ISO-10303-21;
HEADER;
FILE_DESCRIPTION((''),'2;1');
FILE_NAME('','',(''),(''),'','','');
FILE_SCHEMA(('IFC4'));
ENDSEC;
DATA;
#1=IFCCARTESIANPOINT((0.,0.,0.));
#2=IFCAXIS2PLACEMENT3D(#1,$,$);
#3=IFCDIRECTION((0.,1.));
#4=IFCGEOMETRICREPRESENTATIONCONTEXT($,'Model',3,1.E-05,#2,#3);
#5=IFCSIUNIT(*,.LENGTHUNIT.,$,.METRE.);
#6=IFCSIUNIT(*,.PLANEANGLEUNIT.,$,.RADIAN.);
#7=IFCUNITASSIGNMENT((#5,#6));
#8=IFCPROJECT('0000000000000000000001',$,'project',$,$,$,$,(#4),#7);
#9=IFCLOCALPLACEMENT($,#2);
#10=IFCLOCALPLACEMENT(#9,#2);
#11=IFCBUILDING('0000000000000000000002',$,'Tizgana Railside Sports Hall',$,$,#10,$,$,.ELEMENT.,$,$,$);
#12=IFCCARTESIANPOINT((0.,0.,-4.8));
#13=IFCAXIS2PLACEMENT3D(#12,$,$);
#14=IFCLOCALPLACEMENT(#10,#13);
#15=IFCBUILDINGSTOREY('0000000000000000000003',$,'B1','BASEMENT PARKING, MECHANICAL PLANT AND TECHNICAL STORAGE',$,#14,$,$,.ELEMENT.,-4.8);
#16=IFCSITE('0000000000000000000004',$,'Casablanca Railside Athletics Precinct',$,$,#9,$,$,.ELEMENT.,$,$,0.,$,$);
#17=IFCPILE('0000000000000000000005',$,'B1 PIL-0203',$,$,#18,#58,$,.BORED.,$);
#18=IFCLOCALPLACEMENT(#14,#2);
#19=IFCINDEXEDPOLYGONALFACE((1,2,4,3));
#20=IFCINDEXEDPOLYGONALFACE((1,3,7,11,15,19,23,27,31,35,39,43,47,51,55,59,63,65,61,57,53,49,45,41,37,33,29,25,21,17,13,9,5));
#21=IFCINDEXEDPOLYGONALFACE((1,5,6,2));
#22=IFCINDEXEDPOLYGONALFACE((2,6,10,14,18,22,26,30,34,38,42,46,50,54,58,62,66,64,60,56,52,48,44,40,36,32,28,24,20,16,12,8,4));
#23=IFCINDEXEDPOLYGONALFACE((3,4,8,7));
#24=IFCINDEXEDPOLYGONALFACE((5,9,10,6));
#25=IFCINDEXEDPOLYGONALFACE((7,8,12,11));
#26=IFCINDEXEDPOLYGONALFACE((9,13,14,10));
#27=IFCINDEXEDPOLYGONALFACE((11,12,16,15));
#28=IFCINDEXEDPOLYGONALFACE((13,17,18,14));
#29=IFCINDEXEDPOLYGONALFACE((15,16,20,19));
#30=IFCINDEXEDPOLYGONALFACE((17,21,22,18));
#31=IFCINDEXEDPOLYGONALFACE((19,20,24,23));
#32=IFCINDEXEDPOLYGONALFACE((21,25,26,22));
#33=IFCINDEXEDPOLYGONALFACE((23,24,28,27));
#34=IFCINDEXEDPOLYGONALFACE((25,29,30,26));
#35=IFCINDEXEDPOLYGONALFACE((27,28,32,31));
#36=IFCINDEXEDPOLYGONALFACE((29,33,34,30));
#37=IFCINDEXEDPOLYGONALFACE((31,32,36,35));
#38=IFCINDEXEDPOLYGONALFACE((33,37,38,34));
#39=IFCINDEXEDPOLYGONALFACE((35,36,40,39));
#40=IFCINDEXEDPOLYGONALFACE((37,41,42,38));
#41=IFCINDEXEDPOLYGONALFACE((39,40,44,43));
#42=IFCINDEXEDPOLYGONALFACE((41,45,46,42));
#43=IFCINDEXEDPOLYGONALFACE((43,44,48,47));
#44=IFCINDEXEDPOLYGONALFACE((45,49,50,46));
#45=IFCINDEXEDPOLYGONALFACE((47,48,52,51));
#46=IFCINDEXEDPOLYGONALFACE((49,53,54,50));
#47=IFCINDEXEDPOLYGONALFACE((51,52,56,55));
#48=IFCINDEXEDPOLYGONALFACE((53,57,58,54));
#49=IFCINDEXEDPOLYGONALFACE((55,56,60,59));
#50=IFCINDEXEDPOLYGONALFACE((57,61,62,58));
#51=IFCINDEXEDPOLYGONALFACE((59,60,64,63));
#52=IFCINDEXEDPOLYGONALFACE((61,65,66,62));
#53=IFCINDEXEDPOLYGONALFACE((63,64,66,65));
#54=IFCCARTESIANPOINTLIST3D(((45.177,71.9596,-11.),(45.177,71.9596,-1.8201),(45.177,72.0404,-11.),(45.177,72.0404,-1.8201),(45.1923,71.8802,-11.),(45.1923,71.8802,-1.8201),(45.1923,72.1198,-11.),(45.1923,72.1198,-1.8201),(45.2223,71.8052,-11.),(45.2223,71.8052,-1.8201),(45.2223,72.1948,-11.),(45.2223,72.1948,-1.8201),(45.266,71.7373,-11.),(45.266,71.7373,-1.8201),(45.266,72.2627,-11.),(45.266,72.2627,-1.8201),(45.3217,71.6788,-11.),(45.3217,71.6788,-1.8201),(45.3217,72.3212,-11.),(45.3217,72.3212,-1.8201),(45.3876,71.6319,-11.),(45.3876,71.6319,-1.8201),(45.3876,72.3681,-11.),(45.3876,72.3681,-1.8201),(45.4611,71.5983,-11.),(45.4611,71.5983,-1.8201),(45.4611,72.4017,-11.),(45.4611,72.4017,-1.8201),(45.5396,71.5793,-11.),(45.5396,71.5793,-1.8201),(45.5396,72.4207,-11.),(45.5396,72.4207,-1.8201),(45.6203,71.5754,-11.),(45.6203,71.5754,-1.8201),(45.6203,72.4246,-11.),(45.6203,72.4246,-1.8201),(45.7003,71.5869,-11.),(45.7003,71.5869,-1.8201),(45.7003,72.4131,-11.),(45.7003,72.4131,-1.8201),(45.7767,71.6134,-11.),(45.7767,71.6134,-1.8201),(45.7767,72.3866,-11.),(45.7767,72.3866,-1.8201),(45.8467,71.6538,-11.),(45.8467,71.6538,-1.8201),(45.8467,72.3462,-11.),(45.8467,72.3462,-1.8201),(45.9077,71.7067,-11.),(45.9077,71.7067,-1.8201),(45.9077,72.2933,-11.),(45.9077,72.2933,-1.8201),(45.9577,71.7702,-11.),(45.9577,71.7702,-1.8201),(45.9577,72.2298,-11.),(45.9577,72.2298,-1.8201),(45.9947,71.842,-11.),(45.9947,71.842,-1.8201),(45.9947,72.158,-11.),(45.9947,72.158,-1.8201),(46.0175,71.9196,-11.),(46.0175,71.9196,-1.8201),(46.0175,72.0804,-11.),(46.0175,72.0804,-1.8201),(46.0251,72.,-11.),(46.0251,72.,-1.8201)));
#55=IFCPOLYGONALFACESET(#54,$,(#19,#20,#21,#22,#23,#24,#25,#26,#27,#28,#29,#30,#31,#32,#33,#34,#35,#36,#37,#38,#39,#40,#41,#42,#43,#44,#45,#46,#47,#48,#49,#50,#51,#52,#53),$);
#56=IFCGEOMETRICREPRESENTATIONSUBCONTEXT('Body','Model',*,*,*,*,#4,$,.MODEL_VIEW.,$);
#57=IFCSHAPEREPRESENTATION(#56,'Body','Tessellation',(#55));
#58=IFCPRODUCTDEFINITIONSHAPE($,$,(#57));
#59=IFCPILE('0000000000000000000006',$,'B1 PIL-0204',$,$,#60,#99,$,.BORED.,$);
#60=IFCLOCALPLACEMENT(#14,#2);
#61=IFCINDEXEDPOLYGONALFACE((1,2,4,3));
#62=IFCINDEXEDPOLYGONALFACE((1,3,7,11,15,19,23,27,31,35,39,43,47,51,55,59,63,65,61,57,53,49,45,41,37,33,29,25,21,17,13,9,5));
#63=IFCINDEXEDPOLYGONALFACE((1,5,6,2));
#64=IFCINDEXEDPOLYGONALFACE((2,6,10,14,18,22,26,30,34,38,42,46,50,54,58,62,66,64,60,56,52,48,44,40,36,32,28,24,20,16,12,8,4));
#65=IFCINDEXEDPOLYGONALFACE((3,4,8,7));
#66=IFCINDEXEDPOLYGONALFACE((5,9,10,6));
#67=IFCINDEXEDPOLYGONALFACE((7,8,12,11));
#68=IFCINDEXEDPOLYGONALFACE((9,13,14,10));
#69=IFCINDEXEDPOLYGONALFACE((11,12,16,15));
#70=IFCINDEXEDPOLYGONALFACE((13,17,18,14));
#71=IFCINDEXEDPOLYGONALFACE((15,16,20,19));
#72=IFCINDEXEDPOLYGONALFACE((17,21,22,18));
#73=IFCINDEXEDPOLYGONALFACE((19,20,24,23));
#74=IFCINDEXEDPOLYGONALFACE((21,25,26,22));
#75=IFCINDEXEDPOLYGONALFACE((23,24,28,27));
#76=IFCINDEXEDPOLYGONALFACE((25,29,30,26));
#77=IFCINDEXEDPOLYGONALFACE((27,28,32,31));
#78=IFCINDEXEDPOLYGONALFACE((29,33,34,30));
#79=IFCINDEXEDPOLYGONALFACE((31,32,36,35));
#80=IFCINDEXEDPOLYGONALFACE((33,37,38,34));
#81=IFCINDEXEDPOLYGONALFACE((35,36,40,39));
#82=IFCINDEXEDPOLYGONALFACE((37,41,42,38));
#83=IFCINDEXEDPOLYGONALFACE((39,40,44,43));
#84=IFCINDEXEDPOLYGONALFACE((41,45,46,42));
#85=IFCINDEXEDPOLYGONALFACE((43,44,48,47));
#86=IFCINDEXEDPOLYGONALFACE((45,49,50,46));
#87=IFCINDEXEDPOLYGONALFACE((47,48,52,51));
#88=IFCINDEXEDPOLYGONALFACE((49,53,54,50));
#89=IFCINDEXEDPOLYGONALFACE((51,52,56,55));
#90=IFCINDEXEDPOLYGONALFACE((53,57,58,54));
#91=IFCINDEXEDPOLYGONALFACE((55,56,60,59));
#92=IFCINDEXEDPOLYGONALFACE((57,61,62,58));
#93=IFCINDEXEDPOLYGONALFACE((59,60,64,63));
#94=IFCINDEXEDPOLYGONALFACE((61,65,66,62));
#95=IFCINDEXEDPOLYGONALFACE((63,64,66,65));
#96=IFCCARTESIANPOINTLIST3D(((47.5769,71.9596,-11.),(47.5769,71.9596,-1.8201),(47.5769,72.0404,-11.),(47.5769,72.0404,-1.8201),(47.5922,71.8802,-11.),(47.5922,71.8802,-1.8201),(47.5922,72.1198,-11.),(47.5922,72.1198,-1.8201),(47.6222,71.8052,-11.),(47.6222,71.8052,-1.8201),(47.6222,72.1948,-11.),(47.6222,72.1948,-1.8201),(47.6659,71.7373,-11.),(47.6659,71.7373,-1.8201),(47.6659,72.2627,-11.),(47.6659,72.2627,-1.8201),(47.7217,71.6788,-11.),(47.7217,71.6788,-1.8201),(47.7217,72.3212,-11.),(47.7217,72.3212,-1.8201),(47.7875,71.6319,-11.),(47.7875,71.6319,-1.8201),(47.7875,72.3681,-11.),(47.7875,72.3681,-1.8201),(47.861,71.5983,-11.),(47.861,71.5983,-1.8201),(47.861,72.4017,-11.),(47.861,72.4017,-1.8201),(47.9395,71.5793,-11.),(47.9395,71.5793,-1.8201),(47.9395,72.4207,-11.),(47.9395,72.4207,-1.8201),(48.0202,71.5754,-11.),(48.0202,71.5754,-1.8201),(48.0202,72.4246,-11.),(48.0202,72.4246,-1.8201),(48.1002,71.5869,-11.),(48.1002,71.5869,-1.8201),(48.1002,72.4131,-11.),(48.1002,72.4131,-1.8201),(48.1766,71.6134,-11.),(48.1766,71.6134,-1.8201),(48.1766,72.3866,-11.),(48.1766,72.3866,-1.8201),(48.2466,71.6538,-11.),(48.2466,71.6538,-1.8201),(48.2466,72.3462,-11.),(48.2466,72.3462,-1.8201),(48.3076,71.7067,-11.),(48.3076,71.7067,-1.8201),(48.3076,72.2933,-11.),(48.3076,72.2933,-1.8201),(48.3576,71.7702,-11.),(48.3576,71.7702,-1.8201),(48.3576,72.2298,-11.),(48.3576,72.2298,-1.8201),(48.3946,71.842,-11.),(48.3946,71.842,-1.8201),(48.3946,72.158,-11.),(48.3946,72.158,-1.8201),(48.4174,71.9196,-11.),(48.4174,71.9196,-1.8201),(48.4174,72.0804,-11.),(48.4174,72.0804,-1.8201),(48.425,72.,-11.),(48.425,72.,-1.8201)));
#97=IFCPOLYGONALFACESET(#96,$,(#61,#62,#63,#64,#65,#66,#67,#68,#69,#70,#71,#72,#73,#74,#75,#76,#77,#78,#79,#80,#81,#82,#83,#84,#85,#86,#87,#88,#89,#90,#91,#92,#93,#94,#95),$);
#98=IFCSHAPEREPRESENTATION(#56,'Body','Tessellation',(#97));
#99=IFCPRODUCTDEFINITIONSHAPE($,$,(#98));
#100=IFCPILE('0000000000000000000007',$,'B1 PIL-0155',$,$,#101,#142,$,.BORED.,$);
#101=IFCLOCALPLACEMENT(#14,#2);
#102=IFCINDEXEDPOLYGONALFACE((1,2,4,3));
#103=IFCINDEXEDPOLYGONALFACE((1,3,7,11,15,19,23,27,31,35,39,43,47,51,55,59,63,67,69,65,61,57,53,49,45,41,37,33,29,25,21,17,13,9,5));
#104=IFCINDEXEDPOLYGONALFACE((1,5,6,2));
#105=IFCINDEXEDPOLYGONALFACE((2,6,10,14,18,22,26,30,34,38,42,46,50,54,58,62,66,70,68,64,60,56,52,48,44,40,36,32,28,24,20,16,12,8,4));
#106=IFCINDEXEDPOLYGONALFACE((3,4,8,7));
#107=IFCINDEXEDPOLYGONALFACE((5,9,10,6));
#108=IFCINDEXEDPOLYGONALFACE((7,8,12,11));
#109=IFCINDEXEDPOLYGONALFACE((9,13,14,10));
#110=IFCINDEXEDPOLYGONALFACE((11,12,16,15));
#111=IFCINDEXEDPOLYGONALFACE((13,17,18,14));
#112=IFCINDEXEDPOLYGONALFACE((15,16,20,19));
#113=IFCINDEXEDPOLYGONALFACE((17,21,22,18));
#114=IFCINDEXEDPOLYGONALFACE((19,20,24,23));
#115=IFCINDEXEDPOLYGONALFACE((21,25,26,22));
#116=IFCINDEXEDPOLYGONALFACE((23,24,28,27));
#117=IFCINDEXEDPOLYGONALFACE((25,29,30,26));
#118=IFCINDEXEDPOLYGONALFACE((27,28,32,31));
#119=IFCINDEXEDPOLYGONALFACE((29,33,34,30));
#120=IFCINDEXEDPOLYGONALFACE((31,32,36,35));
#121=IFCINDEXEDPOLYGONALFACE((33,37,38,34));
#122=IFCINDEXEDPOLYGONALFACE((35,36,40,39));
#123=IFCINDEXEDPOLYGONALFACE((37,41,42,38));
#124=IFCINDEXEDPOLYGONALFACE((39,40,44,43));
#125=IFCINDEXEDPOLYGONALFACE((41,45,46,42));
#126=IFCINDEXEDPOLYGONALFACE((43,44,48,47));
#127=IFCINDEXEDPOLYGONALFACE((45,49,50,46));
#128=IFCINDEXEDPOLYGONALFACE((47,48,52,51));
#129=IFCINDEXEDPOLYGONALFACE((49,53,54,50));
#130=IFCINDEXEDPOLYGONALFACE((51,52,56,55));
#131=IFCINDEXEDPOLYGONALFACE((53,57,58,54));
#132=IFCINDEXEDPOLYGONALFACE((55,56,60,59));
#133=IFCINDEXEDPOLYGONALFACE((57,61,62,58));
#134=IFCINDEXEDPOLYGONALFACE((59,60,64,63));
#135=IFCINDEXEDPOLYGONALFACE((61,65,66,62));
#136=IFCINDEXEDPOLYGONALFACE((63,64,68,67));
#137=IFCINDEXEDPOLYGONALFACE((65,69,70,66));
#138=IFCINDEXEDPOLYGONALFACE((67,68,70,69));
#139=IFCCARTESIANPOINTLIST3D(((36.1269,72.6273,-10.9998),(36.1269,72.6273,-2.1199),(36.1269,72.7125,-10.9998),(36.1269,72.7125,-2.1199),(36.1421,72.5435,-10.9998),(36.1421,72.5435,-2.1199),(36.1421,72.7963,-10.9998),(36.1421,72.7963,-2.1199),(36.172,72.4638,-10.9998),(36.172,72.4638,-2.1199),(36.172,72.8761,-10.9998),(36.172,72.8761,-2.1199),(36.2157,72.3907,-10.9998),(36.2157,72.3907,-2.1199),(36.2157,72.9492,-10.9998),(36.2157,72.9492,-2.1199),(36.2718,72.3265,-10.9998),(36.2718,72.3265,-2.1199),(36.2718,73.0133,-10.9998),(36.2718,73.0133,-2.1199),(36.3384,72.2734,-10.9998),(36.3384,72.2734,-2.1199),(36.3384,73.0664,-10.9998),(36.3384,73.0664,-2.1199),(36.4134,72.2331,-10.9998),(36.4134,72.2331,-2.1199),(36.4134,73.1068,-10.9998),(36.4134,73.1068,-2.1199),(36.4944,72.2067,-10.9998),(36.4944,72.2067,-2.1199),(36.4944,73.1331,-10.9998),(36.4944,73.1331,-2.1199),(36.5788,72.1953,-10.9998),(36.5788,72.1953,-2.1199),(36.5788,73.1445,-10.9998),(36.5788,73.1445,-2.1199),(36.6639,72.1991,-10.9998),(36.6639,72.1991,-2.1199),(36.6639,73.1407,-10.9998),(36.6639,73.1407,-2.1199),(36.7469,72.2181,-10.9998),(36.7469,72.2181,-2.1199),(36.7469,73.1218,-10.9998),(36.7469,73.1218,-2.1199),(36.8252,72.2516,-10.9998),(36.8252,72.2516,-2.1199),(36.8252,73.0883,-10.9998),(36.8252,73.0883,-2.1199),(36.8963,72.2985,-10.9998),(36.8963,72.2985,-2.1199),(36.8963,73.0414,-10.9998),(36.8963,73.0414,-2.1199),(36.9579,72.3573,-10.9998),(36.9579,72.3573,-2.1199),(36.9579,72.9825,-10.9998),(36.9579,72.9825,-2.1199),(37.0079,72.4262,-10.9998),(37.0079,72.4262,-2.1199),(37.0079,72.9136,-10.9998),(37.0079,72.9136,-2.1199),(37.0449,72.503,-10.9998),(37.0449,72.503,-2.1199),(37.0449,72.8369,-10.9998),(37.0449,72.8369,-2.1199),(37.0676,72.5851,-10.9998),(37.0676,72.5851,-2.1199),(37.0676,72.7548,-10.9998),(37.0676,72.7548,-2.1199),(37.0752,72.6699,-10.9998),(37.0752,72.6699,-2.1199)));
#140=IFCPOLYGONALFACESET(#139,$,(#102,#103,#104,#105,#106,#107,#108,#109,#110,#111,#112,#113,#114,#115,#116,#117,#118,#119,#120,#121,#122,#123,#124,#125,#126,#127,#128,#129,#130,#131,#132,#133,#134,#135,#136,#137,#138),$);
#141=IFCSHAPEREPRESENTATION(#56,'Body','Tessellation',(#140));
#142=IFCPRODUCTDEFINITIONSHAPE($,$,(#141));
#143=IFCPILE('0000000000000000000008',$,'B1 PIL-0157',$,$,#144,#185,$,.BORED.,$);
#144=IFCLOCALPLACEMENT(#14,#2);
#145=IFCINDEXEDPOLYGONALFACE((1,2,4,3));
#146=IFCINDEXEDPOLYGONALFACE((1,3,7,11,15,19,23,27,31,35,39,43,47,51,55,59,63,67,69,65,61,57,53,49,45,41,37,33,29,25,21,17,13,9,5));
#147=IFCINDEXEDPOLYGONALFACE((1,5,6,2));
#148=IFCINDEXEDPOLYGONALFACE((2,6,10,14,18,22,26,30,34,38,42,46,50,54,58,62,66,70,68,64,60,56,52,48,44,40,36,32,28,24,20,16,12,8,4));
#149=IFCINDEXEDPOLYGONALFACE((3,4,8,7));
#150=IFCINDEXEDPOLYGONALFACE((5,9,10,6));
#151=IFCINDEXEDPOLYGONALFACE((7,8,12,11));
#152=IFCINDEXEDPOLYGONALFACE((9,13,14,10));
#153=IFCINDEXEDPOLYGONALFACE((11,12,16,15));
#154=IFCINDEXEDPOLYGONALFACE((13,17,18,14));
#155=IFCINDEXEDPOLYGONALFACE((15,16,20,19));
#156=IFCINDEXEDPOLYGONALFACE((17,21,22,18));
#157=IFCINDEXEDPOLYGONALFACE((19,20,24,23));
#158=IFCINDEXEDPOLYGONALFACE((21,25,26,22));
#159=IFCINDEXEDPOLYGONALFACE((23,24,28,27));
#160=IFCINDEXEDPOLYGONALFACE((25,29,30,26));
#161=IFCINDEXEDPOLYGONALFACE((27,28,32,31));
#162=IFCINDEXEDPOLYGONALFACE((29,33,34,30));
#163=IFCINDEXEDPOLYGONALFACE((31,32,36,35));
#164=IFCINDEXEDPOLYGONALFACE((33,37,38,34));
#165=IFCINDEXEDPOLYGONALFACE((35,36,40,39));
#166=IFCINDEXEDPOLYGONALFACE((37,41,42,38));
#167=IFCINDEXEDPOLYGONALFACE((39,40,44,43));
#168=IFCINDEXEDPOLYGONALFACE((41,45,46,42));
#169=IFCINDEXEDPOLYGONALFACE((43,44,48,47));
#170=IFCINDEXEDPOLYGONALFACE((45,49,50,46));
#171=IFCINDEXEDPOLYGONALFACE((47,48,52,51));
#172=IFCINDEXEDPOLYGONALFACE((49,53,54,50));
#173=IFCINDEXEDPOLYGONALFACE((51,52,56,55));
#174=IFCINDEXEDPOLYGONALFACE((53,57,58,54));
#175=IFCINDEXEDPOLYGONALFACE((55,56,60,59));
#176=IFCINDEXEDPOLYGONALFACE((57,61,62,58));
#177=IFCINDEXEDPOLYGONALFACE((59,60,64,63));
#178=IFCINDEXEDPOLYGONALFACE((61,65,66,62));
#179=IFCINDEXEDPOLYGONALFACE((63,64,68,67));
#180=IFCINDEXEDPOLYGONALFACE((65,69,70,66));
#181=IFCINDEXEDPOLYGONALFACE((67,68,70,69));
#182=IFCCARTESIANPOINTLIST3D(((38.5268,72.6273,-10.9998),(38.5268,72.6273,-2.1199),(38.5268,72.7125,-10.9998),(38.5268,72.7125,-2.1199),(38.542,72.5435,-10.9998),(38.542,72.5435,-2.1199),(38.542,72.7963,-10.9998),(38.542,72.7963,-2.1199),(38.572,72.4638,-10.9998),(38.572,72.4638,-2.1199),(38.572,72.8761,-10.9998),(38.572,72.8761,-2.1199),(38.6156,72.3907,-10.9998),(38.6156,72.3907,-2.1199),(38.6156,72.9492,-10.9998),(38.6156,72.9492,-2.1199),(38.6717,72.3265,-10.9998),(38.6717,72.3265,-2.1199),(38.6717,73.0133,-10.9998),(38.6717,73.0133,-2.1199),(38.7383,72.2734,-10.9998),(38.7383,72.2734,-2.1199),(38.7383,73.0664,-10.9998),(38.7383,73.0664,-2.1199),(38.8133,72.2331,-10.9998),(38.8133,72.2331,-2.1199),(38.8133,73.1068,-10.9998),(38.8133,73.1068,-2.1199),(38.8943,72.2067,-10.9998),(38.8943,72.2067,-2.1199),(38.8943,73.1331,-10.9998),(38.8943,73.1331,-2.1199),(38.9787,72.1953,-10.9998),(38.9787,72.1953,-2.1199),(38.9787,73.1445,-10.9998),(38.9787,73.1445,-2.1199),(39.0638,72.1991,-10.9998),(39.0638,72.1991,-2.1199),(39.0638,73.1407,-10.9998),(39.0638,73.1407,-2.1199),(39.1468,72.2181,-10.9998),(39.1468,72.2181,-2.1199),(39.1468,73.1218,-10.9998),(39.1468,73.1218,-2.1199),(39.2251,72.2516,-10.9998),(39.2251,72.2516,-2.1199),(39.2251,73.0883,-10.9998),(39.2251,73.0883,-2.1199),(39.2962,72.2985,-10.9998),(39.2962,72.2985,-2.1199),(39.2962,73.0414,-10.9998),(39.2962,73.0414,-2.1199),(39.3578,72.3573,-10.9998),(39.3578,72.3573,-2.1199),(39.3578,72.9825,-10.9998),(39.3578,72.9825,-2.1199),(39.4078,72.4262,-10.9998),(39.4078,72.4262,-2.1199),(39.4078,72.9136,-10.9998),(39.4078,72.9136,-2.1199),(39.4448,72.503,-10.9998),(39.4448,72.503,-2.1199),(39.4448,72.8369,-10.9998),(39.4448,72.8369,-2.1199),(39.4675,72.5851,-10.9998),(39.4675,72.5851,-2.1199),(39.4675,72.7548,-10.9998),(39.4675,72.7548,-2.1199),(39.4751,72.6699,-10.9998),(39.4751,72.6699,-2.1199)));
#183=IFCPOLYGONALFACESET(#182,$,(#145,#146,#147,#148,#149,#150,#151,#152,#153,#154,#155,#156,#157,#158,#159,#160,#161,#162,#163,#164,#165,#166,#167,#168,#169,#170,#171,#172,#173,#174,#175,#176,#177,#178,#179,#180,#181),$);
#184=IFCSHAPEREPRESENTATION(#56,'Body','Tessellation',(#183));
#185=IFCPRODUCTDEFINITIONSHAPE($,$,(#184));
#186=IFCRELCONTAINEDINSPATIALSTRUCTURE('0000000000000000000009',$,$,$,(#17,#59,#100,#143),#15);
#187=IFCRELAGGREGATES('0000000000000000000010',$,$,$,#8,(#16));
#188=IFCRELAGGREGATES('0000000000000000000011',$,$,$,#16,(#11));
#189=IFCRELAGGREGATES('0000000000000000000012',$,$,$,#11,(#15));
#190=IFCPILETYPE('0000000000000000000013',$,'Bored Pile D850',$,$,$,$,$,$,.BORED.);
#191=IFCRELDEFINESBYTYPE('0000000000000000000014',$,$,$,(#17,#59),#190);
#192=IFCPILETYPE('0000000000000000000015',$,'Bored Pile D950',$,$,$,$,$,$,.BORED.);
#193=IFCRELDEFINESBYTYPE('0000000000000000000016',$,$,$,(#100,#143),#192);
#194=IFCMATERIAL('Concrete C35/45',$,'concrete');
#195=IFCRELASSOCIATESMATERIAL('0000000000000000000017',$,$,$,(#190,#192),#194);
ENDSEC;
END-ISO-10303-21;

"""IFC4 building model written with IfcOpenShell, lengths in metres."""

from ifc_helpers import new_model, si_unit, direction, frame, origin, origin_2d, place, context, subcontext, project, spatial, circle, extrude, material, material_profile, profile_set, type_object, element, save


model = new_model("IFC4")

# Units and contexts
model_context = context("Model", 3, precision=1e-05, world=origin(), true_north=direction((0.0, 1.0)))
body_context = subcontext(model_context, "Body", "Model", "MODEL_VIEW")
ifc_project = project(units=[si_unit("LENGTHUNIT", "METRE"), si_unit("PLANEANGLEUNIT", "RADIAN")], contexts=[model_context])

# Site, building, storey
site_placement = place(None, origin())
site = spatial("IfcSite", under=ifc_project, at=site_placement, Name="Casablanca Railside Athletics Precinct", CompositionType="ELEMENT", RefElevation=0.0)
building_placement = place(site_placement, origin())
building = spatial("IfcBuilding", under=site, at=building_placement, Name="Tizgana Railside Sports Hall", CompositionType="ELEMENT")
storey_placement = place(building_placement, frame((0.0, 0.0, -4.8)))
storey = spatial("IfcBuildingStorey", under=building, at=storey_placement, Name="B1", Description="BASEMENT PARKING, MECHANICAL PLANT AND TECHNICAL STORAGE", CompositionType="ELEMENT", Elevation=-4.8)

# Piles
ifc_material_1 = material(Name="Concrete C35/45", Category="concrete")
ifc_material_profile_1 = material_profile(ifc_material_1, circle(Radius=0.425, at=origin_2d()), Name="PILE D850")
ifc_profile_set_1 = profile_set([ifc_material_profile_1], Name="Concrete C35/45")
pile_type_1 = type_object("IfcPileType", Name="Bored Pile D850", PredefinedType="BORED", material=ifc_profile_set_1)
for number, where, z_axis, x_axis, name in (
    (1, (45.6001, 72.0, -1.8201), (0.0, 0.0, -1.0), (1.0, 0.0, 0.0), "B1 PIL-0203"),
    (2, (48.0, 72.0, -1.8201), (0.0, 0.0, -1.0), (1.0, 0.0, 0.0), "B1 PIL-0204"),
):
    element("IfcPile", number, at=place(storey_placement, frame(where, z_axis=z_axis, x_axis=x_axis)), inside=storey, type_object=pile_type_1, Name=name, PredefinedType="BORED", context=body_context, shape_type="SweptSolid", body=[
        extrude(circle(Radius=0.425, at=origin_2d()), origin(), (0.0, 0.0, 1.0), 9.1799),
    ])
ifc_material_profile_2 = material_profile(ifc_material_1, circle(Radius=0.4751, at=origin_2d()), Name="PILE D950")
ifc_profile_set_2 = profile_set([ifc_material_profile_2], Name="Concrete C35/45")
pile_type_2 = type_object("IfcPileType", Name="Bored Pile D950", PredefinedType="BORED", material=ifc_profile_set_2)
for number, where, z_axis, x_axis, name in (
    (3, (36.6001, 72.6699, -2.1199), (0.0, 0.0, -1.0), (1.0, 0.0, 0.0), "B1 PIL-0155"),
    (4, (39.0, 72.6699, -2.1199), (0.0, 0.0, -1.0), (1.0, 0.0, 0.0), "B1 PIL-0157"),
):
    element("IfcPile", number, at=place(storey_placement, frame(where, z_axis=z_axis, x_axis=x_axis)), inside=storey, type_object=pile_type_2, Name=name, PredefinedType="BORED", context=body_context, shape_type="SweptSolid", body=[
        extrude(circle(Radius=0.4751, at=origin_2d()), origin(), (0.0, 0.0, 1.0), 8.8799),
    ])

save(model, "model.ifc")
